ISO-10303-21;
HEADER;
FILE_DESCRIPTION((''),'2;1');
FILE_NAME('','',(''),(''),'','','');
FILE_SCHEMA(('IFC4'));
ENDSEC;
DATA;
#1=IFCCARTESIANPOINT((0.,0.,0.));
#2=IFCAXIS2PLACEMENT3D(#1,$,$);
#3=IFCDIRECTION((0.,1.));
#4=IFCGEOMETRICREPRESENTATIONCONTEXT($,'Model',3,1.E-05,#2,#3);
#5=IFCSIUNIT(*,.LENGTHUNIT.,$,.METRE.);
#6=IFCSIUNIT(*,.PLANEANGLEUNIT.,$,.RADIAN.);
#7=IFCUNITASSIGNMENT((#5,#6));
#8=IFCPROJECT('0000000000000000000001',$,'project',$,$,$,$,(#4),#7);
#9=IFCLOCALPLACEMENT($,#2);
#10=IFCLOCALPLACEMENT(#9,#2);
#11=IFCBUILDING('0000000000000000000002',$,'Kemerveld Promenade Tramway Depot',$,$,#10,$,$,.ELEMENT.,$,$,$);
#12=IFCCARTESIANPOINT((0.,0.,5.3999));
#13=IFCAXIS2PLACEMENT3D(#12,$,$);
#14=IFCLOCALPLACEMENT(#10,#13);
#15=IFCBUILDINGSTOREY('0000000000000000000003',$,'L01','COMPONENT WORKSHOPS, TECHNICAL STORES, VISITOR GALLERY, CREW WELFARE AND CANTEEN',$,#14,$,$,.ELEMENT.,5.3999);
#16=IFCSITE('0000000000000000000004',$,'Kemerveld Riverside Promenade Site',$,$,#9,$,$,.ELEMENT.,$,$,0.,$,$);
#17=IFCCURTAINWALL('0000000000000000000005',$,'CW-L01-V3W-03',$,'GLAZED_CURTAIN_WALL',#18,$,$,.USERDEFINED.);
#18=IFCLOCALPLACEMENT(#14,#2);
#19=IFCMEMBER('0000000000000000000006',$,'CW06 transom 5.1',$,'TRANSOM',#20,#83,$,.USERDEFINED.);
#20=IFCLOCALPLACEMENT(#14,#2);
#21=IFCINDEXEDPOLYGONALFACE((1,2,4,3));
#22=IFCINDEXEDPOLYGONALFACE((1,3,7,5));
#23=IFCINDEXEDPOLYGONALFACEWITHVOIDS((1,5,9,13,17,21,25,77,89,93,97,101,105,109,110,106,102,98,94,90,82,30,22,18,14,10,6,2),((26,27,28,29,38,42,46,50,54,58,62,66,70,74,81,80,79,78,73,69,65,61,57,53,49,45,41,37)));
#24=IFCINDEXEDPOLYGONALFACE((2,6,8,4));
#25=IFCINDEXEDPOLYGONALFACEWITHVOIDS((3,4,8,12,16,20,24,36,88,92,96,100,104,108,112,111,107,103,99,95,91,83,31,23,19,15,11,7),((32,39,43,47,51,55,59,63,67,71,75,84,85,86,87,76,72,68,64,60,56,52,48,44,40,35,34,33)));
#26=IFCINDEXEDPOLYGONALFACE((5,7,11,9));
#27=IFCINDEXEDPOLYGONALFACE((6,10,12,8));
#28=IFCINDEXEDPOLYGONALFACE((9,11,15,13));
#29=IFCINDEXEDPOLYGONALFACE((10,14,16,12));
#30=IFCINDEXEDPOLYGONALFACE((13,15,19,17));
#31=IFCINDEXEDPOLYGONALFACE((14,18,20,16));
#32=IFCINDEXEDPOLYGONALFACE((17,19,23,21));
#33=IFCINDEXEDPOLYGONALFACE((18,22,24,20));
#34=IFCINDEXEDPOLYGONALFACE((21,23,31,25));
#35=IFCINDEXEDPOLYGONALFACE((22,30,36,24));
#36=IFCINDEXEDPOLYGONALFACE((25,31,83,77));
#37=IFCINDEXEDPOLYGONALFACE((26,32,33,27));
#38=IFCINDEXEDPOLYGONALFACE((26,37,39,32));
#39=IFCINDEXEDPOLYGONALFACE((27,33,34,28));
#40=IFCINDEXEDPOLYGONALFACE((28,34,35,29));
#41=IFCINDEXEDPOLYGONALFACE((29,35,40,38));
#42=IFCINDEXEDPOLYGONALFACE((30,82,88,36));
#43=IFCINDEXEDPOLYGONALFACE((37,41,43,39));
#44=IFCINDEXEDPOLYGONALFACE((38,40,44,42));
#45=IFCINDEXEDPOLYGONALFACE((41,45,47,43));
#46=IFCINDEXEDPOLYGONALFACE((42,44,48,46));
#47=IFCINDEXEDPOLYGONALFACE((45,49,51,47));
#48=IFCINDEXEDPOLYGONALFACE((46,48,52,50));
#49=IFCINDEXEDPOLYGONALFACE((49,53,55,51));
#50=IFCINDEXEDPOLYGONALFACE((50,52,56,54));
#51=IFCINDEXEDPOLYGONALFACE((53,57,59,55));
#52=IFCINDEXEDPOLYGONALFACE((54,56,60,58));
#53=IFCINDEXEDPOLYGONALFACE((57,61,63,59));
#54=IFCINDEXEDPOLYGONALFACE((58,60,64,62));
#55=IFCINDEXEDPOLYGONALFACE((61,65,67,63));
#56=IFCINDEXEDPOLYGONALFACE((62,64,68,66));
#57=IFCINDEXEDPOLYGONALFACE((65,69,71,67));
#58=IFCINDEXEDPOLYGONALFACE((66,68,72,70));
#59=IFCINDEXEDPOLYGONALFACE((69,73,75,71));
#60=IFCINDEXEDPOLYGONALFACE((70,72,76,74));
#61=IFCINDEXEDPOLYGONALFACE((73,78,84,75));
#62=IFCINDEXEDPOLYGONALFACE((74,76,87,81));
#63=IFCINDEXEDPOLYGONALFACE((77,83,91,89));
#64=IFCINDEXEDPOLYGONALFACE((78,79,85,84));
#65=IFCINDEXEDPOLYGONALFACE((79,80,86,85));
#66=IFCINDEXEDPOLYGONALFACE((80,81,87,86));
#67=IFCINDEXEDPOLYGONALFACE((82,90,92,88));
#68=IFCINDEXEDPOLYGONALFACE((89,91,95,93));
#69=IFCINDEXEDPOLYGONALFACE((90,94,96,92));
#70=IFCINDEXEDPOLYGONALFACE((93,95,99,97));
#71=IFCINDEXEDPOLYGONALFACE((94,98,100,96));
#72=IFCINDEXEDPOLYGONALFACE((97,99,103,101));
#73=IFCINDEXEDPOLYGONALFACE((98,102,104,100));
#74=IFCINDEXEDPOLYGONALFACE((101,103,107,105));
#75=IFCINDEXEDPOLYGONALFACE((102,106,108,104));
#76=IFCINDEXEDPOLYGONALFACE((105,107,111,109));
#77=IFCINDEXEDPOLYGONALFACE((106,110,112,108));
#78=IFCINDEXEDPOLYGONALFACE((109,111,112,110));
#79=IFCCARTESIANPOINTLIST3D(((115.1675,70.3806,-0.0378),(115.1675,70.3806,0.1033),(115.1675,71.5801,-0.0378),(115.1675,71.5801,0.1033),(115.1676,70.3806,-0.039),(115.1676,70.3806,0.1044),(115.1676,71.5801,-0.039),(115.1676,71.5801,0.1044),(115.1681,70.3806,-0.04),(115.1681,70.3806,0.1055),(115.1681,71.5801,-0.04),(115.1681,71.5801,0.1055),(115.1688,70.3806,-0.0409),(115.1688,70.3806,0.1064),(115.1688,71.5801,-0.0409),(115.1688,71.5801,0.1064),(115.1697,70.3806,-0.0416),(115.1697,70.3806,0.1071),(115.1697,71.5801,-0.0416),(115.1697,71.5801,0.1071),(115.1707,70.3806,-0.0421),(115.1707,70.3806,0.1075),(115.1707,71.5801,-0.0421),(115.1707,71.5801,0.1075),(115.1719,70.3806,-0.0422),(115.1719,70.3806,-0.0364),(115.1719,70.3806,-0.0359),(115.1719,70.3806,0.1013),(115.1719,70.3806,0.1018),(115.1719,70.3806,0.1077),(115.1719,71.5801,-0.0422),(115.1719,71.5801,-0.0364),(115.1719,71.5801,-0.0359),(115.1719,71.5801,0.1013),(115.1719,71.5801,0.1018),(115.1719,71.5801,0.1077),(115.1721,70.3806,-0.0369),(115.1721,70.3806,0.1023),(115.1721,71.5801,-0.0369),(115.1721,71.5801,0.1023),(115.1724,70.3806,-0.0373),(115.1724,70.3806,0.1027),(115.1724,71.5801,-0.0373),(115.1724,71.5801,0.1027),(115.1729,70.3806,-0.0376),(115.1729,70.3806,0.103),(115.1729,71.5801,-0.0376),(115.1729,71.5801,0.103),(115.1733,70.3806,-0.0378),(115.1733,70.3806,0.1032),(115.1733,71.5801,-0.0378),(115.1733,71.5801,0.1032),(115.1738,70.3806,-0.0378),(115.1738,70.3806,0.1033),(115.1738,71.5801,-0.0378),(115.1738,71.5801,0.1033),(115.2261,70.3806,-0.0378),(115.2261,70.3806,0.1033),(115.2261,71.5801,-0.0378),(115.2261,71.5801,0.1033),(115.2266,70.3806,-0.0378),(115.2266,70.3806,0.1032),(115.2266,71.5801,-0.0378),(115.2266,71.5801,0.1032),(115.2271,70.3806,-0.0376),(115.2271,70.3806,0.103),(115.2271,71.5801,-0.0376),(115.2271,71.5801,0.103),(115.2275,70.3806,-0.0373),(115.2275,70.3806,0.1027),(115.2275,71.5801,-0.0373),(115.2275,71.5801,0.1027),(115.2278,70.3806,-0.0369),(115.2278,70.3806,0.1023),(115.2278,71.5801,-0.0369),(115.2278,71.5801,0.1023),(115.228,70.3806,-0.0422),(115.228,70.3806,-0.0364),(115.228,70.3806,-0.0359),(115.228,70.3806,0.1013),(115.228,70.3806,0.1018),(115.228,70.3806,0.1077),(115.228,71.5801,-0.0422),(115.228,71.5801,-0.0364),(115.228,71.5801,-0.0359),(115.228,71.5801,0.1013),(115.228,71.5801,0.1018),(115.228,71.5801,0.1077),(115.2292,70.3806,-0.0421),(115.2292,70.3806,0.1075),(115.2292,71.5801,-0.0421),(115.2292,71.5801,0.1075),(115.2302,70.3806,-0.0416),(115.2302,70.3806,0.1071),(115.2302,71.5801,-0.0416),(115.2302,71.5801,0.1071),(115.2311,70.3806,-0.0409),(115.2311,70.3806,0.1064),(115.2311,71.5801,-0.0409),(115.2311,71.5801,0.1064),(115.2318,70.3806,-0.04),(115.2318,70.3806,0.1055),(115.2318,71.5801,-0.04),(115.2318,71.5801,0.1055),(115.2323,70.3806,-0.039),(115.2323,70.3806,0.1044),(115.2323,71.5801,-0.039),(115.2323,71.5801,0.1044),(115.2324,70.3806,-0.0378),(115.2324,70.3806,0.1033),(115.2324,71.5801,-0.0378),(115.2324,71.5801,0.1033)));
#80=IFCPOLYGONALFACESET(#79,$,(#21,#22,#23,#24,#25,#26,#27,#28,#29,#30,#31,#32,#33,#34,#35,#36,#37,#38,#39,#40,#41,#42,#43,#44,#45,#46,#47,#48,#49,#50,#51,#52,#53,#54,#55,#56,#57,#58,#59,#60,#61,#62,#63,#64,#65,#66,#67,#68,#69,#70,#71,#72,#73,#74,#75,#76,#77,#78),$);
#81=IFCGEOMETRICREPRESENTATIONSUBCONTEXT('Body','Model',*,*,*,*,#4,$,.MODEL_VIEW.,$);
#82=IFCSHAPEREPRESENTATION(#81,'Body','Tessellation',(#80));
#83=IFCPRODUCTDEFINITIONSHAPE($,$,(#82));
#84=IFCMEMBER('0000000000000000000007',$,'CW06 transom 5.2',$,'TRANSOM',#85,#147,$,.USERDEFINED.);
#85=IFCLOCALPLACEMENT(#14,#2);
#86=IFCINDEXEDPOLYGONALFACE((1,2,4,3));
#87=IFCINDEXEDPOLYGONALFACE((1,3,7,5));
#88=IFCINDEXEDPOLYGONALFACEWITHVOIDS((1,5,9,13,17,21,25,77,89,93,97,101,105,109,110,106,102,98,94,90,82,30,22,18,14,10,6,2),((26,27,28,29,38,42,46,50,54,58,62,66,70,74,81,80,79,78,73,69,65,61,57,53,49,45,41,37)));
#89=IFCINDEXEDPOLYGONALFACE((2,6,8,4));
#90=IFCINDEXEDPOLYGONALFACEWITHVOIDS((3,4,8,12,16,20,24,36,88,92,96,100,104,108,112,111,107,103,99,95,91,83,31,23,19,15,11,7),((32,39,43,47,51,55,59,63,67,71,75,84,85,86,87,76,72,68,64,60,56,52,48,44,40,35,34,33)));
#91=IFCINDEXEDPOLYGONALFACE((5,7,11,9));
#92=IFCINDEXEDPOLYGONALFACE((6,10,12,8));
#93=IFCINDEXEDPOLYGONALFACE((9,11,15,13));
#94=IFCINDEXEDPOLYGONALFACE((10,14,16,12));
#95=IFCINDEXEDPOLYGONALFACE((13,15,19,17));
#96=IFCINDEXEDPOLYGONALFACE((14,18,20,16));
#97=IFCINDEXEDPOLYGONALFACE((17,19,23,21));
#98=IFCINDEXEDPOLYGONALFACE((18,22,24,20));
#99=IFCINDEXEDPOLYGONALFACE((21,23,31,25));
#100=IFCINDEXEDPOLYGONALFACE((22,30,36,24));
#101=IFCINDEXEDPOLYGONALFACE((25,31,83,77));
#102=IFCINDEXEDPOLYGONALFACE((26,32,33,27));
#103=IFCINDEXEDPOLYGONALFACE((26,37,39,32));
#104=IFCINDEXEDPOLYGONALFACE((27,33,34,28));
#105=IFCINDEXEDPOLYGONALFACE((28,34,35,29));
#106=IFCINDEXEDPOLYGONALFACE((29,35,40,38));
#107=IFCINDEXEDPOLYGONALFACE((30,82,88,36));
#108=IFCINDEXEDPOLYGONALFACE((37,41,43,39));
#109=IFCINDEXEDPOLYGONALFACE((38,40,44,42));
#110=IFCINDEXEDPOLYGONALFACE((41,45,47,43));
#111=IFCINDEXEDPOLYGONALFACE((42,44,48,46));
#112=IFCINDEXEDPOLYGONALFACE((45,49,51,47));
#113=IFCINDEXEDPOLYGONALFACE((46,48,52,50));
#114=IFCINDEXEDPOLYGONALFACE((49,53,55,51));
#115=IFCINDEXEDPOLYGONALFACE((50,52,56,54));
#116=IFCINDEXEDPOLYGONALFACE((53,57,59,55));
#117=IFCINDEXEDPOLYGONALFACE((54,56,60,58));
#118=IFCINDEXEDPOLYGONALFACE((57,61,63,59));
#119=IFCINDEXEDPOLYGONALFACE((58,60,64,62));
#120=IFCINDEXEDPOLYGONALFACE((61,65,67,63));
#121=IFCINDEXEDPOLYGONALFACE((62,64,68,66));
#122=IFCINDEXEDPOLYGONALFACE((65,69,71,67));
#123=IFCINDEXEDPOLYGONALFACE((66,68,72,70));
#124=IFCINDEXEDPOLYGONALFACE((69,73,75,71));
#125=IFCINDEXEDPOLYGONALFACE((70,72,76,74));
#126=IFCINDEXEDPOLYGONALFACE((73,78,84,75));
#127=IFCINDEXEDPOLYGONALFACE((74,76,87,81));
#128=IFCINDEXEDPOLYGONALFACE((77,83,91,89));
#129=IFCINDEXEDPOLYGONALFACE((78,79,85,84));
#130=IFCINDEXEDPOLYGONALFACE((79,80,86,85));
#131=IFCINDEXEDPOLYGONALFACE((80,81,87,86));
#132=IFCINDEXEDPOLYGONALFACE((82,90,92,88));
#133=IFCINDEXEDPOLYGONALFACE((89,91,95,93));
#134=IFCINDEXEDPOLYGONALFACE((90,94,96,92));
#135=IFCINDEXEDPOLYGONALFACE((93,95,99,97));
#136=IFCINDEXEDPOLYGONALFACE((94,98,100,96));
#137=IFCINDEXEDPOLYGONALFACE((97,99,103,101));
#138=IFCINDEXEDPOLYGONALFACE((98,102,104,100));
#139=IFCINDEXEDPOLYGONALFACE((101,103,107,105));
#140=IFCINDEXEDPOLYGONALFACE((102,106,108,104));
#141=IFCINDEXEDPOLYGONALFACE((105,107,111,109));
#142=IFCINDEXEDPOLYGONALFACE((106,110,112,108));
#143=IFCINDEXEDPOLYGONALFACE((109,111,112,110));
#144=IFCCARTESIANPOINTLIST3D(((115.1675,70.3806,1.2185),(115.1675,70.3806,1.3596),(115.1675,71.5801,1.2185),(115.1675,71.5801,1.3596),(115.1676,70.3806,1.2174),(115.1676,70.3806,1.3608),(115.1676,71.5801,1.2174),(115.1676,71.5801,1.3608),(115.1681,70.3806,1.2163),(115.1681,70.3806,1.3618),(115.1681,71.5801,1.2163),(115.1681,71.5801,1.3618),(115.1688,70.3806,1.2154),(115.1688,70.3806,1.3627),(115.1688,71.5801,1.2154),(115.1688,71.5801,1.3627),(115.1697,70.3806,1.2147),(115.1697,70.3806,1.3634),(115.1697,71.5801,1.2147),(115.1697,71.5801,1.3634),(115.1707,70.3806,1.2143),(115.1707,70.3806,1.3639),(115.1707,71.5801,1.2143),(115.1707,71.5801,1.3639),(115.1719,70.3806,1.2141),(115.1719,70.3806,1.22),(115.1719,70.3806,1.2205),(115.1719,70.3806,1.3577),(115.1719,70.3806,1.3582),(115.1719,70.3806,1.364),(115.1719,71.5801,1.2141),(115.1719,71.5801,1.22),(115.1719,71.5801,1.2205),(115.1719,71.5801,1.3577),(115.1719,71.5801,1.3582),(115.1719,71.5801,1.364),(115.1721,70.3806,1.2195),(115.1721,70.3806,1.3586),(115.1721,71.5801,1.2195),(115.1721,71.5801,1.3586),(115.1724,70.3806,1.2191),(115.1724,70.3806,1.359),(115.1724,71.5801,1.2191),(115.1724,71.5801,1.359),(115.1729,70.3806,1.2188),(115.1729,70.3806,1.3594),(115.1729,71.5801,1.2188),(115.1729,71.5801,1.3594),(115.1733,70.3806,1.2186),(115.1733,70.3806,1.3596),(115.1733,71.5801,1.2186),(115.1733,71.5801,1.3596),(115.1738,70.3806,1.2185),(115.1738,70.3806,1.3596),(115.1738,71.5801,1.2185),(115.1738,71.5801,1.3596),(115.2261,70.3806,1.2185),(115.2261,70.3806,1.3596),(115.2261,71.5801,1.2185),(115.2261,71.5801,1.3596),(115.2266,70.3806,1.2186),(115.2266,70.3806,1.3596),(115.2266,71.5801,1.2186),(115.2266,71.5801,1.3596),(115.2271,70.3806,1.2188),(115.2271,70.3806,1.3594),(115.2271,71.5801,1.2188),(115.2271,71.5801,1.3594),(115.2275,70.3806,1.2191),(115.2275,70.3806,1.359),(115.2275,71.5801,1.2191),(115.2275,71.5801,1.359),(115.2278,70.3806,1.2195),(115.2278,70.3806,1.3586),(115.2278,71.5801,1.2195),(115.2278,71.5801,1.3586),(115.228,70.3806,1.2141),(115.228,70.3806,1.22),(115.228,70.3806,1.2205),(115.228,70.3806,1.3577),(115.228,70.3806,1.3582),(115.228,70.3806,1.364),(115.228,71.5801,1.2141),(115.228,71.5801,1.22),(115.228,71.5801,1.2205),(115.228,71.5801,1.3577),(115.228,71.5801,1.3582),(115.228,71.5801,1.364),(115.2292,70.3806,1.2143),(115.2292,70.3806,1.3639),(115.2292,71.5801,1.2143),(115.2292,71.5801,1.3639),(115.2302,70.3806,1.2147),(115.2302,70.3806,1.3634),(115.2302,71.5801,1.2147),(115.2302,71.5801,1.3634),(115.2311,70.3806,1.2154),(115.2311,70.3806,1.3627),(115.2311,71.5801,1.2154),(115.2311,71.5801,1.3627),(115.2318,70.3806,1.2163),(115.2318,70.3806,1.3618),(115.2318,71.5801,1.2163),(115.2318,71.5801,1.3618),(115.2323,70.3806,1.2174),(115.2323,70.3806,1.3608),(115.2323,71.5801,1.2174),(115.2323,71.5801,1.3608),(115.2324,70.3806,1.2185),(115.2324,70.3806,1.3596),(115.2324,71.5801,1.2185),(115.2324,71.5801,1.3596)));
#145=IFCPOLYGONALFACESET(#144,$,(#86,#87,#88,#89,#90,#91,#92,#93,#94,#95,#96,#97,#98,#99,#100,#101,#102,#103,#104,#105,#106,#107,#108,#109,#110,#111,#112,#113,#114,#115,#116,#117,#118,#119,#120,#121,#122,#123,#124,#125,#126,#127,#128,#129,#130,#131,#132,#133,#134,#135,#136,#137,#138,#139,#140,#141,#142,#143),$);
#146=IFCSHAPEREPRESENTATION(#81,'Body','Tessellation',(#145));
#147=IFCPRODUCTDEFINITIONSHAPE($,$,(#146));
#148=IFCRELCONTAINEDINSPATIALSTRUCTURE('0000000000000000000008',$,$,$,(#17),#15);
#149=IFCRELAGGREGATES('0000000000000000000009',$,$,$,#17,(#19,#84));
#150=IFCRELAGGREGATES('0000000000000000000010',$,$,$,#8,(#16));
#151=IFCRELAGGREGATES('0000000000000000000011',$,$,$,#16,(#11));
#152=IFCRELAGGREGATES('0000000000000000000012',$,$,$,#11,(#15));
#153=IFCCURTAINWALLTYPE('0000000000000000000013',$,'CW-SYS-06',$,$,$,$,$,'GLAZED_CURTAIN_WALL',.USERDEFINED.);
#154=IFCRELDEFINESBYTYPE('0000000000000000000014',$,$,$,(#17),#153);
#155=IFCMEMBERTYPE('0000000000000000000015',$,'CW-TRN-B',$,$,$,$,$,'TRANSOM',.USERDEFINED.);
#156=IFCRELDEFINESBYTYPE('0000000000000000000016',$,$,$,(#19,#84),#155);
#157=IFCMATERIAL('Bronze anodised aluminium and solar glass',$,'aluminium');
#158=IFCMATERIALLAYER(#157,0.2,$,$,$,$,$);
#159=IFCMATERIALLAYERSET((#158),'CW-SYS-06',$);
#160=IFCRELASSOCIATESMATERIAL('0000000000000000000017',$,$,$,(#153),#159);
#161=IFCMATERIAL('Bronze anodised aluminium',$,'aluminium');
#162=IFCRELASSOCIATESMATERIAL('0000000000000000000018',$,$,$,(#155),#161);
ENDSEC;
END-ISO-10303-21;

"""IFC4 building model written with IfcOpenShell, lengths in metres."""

from ifc_helpers import new_model, si_unit, direction, frame, origin, origin_2d, place, context, subcontext, project, spatial, hollow_rectangle, extrude, material, layer, layer_set, material_profile, profile_set, type_object, element, aggregate, save


model = new_model("IFC4")

# Units and contexts
model_context = context("Model", 3, precision=1e-05, world=origin(), true_north=direction((0.0, 1.0)))
body_context = subcontext(model_context, "Body", "Model", "MODEL_VIEW")
ifc_project = project(units=[si_unit("LENGTHUNIT", "METRE"), si_unit("PLANEANGLEUNIT", "RADIAN")], contexts=[model_context])

# Site, building, storey
site_placement = place(None, origin())
site = spatial("IfcSite", under=ifc_project, at=site_placement, Name="Kemerveld Riverside Promenade Site", CompositionType="ELEMENT", RefElevation=0.0)
building_placement = place(site_placement, origin())
building = spatial("IfcBuilding", under=site, at=building_placement, Name="Kemerveld Promenade Tramway Depot", CompositionType="ELEMENT")
storey_placement = place(building_placement, frame((0.0, 0.0, 5.3999)))
storey = spatial("IfcBuildingStorey", under=building, at=storey_placement, Name="L01", Description="COMPONENT WORKSHOPS, TECHNICAL STORES, VISITOR GALLERY, CREW WELFARE AND CANTEEN", CompositionType="ELEMENT", Elevation=5.3999)

# Curtain wall
ifc_material_1 = material(Name="Bronze anodised aluminium and solar glass", Category="aluminium")
ifc_layer_1 = layer(ifc_material_1, 0.2)
ifc_layer_set_1 = layer_set([ifc_layer_1], Name="CW-SYS-06")
curtain_wall_type_1 = type_object("IfcCurtainWallType", Name="CW-SYS-06", ElementType="GLAZED_CURTAIN_WALL", PredefinedType="USERDEFINED", material=ifc_layer_set_1)
curtain_wall_1_placement = place(storey_placement, origin())
curtain_wall_1 = element("IfcCurtainWall", 1, at=curtain_wall_1_placement, inside=storey, type_object=curtain_wall_type_1, Name="CW-L01-V3W-03", ObjectType="GLAZED_CURTAIN_WALL", PredefinedType="USERDEFINED")
ifc_material_2 = material(Name="Bronze anodised aluminium", Category="aluminium")

# Members
ifc_material_profile_1 = material_profile(ifc_material_2, hollow_rectangle(XDim=0.0649, YDim=0.1499, WallThickness=0.0044, InnerFilletRadius=0.002, OuterFilletRadius=0.0044, at=origin_2d()), Name="CW-TRN-150x65")
ifc_profile_set_1 = profile_set([ifc_material_profile_1], Name="Bronze anodised aluminium")
member_type_1 = type_object("IfcMemberType", Name="CW-TRN-B", ElementType="TRANSOM", PredefinedType="USERDEFINED", material=ifc_profile_set_1)
member_1_placement = place(storey_placement, frame((115.2, 70.3806, 0.0327), z_axis=(0.0, 1.0, 0.0), x_axis=(-1.0, 0.0, 0.0)))
member_1 = element("IfcMember", 2, at=member_1_placement, type_object=member_type_1, Name="CW06 transom 5.1", ObjectType="TRANSOM", PredefinedType="USERDEFINED", context=body_context, shape_type="SweptSolid", body=[
    extrude(hollow_rectangle(XDim=0.0649, YDim=0.1499, WallThickness=0.0044, InnerFilletRadius=0.002, OuterFilletRadius=0.0044, at=origin_2d()), origin(), (0.0, 0.0, 1.0), 1.1995),
])
member_2_placement = place(storey_placement, frame((115.2, 70.3806, 1.2891), z_axis=(0.0, 1.0, 0.0), x_axis=(-1.0, 0.0, 0.0)))
member_2 = element("IfcMember", 3, at=member_2_placement, type_object=member_type_1, Name="CW06 transom 5.2", ObjectType="TRANSOM", PredefinedType="USERDEFINED", context=body_context, shape_type="SweptSolid", body=[
    extrude(hollow_rectangle(XDim=0.0649, YDim=0.1499, WallThickness=0.0044, InnerFilletRadius=0.002, OuterFilletRadius=0.0044, at=origin_2d()), origin(), (0.0, 0.0, 1.0), 1.1995),
])

aggregate(curtain_wall_1, [member_1, member_2])

save(model, "model.ifc")
